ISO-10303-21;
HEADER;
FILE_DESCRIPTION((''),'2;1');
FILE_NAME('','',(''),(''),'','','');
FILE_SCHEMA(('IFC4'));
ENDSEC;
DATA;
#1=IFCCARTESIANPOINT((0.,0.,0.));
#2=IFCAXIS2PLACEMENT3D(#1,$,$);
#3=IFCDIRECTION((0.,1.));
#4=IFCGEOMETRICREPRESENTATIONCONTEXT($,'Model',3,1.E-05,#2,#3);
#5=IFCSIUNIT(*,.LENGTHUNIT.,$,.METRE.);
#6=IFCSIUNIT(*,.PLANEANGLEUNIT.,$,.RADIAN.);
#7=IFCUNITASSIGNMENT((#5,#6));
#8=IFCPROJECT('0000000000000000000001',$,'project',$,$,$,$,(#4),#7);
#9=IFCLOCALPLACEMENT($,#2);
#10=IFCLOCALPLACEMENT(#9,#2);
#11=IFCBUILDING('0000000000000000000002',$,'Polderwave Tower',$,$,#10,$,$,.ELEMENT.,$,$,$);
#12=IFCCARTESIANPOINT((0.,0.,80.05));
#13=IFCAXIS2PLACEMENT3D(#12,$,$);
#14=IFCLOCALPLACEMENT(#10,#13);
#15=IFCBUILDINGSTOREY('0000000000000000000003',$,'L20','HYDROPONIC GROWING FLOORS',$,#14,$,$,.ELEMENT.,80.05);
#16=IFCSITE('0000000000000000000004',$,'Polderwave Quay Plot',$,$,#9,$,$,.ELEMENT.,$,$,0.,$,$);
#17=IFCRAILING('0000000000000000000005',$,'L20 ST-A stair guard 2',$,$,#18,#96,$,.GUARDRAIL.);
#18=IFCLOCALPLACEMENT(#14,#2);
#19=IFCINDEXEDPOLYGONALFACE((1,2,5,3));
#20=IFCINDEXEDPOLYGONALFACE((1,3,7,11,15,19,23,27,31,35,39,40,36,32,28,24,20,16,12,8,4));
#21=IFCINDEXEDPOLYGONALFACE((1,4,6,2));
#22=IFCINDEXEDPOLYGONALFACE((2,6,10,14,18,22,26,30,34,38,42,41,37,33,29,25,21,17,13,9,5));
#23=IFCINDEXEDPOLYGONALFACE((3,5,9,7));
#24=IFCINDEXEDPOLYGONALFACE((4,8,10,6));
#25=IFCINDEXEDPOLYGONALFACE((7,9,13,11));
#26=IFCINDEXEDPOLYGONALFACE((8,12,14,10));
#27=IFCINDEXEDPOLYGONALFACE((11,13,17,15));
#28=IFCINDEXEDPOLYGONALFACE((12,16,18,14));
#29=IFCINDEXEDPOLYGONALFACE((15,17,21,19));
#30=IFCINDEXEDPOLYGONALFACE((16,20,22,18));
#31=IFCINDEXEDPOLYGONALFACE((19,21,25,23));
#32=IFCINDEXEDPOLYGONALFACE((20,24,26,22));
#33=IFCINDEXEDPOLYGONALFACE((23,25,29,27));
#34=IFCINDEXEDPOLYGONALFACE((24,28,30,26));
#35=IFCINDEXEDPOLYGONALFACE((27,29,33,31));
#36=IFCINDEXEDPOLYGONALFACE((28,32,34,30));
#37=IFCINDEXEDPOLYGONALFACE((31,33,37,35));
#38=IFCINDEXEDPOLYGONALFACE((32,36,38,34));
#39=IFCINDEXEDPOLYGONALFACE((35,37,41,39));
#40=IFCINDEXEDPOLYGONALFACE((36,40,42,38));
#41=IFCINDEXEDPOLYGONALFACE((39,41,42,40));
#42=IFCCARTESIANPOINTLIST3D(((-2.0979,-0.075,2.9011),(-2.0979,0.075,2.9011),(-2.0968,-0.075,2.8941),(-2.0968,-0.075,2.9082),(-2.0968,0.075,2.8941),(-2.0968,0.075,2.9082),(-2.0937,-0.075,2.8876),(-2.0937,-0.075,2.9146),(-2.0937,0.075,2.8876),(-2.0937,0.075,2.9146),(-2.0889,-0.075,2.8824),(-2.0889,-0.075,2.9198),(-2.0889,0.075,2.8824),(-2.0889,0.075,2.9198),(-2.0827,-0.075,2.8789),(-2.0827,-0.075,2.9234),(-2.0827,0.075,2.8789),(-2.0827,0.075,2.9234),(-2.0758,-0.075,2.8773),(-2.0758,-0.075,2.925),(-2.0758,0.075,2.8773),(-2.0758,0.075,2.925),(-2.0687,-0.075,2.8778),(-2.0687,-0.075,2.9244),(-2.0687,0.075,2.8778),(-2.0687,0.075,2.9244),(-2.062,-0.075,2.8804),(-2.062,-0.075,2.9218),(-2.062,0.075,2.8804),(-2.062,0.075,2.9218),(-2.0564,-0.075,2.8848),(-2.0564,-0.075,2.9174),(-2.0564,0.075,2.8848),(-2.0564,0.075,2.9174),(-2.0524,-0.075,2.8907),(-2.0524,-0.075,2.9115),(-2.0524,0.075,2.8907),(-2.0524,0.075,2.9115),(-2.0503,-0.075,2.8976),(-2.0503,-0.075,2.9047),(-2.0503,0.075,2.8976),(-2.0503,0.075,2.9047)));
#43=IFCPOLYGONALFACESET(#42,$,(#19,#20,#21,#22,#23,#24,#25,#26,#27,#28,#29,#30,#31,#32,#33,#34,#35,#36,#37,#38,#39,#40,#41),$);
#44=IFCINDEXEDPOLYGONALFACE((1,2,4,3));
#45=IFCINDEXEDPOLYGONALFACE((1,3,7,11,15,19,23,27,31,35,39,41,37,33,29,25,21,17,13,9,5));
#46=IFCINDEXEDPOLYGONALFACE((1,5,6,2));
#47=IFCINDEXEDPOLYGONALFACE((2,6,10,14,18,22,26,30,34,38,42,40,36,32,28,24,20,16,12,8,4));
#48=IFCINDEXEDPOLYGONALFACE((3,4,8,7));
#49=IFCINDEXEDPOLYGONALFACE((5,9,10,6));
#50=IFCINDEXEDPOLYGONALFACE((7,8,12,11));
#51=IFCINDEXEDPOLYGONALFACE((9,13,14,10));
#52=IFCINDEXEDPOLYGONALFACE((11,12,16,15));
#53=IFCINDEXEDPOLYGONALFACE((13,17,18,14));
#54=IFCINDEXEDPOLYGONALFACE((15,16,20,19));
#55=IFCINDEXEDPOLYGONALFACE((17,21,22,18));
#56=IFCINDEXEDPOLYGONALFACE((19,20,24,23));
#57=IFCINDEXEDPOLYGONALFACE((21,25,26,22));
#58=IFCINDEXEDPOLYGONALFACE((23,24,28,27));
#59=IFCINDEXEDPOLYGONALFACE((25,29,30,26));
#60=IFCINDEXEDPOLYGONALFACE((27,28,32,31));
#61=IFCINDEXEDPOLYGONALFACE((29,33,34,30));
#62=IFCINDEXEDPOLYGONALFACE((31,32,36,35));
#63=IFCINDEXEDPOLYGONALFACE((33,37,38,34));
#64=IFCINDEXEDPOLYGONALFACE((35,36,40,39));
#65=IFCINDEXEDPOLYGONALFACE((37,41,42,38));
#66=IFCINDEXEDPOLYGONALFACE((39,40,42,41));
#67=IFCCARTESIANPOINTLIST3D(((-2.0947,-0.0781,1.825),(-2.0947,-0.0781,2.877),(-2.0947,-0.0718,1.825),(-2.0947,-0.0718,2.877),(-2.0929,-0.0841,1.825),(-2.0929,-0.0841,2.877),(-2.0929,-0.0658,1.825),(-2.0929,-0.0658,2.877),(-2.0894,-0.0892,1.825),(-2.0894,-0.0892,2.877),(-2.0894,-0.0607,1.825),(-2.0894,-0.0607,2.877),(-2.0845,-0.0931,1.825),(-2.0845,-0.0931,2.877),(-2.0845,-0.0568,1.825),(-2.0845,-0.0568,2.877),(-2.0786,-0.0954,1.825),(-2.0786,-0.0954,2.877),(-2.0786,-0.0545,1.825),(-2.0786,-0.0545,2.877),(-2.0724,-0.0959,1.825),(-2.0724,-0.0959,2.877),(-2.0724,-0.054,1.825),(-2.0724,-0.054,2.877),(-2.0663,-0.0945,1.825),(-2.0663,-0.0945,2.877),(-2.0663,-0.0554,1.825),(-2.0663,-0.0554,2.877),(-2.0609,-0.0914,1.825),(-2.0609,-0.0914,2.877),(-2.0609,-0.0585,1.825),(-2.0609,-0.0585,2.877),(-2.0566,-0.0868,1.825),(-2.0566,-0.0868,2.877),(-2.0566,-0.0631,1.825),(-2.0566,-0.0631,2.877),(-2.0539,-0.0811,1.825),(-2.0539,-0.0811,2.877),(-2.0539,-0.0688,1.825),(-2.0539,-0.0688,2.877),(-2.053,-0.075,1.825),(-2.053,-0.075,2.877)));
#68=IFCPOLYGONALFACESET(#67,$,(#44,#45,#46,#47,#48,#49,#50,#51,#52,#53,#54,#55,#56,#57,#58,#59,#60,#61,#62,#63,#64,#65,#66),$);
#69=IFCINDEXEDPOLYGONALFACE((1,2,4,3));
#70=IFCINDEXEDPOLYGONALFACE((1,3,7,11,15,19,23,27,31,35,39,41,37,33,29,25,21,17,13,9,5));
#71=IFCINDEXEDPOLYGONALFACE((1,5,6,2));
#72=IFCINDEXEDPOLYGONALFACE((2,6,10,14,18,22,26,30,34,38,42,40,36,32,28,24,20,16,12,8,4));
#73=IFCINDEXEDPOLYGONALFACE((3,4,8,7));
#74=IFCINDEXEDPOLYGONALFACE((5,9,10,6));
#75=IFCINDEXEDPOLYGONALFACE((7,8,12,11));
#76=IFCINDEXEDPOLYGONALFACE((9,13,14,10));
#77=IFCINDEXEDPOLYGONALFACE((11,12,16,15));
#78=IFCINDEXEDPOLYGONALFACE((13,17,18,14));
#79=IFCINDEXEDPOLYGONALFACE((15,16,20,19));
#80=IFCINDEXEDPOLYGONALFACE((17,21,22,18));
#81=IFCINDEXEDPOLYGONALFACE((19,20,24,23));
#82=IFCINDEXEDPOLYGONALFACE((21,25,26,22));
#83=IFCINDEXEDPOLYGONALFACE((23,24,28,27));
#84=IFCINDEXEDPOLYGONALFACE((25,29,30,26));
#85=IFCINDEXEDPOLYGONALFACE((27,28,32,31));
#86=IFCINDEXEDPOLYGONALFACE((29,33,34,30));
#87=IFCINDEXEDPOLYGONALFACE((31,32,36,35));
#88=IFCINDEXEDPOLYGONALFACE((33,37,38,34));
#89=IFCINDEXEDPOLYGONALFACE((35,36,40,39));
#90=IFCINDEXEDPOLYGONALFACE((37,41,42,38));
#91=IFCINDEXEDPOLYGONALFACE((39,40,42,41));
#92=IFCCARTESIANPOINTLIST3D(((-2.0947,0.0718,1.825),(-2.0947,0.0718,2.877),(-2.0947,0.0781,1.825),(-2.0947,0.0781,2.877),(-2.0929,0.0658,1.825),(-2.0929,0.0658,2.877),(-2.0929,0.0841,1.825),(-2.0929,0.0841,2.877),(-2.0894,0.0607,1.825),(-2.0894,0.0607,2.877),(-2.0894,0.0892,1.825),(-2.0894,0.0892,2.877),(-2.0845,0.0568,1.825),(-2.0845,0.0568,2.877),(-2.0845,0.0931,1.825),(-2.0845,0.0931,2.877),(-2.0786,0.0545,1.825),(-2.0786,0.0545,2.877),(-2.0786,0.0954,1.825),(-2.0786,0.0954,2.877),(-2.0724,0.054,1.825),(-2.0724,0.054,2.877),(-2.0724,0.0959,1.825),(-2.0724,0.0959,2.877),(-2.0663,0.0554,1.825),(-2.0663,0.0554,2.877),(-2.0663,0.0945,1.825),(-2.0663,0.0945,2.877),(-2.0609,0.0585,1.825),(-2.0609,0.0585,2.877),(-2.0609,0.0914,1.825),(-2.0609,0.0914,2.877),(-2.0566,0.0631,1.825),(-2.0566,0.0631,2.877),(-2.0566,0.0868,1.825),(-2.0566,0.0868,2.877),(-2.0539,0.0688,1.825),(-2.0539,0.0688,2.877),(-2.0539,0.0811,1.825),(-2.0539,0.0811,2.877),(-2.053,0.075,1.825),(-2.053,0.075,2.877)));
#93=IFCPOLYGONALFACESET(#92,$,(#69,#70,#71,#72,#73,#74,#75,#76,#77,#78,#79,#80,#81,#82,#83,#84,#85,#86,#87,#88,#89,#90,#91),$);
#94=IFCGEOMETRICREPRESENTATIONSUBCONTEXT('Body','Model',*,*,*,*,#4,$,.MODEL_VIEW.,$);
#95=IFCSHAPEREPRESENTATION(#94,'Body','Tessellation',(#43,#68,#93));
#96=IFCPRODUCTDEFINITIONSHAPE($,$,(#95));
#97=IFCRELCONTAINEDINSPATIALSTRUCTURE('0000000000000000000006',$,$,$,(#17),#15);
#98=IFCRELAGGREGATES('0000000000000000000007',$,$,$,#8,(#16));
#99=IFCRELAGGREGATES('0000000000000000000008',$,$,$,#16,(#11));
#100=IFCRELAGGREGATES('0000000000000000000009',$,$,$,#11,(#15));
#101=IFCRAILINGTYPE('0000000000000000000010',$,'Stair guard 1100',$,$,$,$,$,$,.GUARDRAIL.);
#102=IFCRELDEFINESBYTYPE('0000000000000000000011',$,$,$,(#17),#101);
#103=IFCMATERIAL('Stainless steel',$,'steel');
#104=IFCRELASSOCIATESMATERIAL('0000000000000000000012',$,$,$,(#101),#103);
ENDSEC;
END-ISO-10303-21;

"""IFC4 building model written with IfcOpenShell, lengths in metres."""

from ifc_helpers import new_model, si_unit, direction, frame, origin, origin_2d, place, context, subcontext, project, spatial, circle, extrude, material, type_object, element, save


model = new_model("IFC4")

# Units and contexts
model_context = context("Model", 3, precision=1e-05, world=origin(), true_north=direction((0.0, 1.0)))
body_context = subcontext(model_context, "Body", "Model", "MODEL_VIEW")
ifc_project = project(units=[si_unit("LENGTHUNIT", "METRE"), si_unit("PLANEANGLEUNIT", "RADIAN")], contexts=[model_context])

# Site, building, storey
site_placement = place(None, origin())
site = spatial("IfcSite", under=ifc_project, at=site_placement, Name="Polderwave Quay Plot", CompositionType="ELEMENT", RefElevation=0.0)
building_placement = place(site_placement, origin())
building = spatial("IfcBuilding", under=site, at=building_placement, Name="Polderwave Tower", CompositionType="ELEMENT")
storey_placement = place(building_placement, frame((0.0, 0.0, 80.05)))
storey = spatial("IfcBuildingStorey", under=building, at=storey_placement, Name="L20", Description="HYDROPONIC GROWING FLOORS", CompositionType="ELEMENT", Elevation=80.05)

# Railing
ifc_material_1 = material(Name="Stainless steel", Category="steel")
railing_type = type_object("IfcRailingType", Name="Stair guard 1100", PredefinedType="GUARDRAIL", material=ifc_material_1)
railing_1_placement = place(storey_placement, frame((-2.074, -0.075, 1.825)))
element("IfcRailing", 1, at=railing_1_placement, inside=storey, type_object=railing_type, Name="L20 ST-A stair guard 2", PredefinedType="GUARDRAIL", context=body_context, shape_type="SweptSolid", body=[
    extrude(circle(Radius=0.0239, at=origin_2d()), frame((0.0, 0.0, 1.0762), z_axis=(0.0, 1.0, 0.0), x_axis=(-1.0, 0.0, 0.0)), (0.0, 0.0, 1.0), 0.1499),
    extrude(circle(Radius=0.021, at=origin_2d()), origin(), (0.0, 0.0, 1.0), 1.052),
    extrude(circle(Radius=0.021, at=origin_2d()), frame((0.0, 0.1499, 0.0)), (0.0, 0.0, 1.0), 1.052),
])

save(model, "model.ifc")
